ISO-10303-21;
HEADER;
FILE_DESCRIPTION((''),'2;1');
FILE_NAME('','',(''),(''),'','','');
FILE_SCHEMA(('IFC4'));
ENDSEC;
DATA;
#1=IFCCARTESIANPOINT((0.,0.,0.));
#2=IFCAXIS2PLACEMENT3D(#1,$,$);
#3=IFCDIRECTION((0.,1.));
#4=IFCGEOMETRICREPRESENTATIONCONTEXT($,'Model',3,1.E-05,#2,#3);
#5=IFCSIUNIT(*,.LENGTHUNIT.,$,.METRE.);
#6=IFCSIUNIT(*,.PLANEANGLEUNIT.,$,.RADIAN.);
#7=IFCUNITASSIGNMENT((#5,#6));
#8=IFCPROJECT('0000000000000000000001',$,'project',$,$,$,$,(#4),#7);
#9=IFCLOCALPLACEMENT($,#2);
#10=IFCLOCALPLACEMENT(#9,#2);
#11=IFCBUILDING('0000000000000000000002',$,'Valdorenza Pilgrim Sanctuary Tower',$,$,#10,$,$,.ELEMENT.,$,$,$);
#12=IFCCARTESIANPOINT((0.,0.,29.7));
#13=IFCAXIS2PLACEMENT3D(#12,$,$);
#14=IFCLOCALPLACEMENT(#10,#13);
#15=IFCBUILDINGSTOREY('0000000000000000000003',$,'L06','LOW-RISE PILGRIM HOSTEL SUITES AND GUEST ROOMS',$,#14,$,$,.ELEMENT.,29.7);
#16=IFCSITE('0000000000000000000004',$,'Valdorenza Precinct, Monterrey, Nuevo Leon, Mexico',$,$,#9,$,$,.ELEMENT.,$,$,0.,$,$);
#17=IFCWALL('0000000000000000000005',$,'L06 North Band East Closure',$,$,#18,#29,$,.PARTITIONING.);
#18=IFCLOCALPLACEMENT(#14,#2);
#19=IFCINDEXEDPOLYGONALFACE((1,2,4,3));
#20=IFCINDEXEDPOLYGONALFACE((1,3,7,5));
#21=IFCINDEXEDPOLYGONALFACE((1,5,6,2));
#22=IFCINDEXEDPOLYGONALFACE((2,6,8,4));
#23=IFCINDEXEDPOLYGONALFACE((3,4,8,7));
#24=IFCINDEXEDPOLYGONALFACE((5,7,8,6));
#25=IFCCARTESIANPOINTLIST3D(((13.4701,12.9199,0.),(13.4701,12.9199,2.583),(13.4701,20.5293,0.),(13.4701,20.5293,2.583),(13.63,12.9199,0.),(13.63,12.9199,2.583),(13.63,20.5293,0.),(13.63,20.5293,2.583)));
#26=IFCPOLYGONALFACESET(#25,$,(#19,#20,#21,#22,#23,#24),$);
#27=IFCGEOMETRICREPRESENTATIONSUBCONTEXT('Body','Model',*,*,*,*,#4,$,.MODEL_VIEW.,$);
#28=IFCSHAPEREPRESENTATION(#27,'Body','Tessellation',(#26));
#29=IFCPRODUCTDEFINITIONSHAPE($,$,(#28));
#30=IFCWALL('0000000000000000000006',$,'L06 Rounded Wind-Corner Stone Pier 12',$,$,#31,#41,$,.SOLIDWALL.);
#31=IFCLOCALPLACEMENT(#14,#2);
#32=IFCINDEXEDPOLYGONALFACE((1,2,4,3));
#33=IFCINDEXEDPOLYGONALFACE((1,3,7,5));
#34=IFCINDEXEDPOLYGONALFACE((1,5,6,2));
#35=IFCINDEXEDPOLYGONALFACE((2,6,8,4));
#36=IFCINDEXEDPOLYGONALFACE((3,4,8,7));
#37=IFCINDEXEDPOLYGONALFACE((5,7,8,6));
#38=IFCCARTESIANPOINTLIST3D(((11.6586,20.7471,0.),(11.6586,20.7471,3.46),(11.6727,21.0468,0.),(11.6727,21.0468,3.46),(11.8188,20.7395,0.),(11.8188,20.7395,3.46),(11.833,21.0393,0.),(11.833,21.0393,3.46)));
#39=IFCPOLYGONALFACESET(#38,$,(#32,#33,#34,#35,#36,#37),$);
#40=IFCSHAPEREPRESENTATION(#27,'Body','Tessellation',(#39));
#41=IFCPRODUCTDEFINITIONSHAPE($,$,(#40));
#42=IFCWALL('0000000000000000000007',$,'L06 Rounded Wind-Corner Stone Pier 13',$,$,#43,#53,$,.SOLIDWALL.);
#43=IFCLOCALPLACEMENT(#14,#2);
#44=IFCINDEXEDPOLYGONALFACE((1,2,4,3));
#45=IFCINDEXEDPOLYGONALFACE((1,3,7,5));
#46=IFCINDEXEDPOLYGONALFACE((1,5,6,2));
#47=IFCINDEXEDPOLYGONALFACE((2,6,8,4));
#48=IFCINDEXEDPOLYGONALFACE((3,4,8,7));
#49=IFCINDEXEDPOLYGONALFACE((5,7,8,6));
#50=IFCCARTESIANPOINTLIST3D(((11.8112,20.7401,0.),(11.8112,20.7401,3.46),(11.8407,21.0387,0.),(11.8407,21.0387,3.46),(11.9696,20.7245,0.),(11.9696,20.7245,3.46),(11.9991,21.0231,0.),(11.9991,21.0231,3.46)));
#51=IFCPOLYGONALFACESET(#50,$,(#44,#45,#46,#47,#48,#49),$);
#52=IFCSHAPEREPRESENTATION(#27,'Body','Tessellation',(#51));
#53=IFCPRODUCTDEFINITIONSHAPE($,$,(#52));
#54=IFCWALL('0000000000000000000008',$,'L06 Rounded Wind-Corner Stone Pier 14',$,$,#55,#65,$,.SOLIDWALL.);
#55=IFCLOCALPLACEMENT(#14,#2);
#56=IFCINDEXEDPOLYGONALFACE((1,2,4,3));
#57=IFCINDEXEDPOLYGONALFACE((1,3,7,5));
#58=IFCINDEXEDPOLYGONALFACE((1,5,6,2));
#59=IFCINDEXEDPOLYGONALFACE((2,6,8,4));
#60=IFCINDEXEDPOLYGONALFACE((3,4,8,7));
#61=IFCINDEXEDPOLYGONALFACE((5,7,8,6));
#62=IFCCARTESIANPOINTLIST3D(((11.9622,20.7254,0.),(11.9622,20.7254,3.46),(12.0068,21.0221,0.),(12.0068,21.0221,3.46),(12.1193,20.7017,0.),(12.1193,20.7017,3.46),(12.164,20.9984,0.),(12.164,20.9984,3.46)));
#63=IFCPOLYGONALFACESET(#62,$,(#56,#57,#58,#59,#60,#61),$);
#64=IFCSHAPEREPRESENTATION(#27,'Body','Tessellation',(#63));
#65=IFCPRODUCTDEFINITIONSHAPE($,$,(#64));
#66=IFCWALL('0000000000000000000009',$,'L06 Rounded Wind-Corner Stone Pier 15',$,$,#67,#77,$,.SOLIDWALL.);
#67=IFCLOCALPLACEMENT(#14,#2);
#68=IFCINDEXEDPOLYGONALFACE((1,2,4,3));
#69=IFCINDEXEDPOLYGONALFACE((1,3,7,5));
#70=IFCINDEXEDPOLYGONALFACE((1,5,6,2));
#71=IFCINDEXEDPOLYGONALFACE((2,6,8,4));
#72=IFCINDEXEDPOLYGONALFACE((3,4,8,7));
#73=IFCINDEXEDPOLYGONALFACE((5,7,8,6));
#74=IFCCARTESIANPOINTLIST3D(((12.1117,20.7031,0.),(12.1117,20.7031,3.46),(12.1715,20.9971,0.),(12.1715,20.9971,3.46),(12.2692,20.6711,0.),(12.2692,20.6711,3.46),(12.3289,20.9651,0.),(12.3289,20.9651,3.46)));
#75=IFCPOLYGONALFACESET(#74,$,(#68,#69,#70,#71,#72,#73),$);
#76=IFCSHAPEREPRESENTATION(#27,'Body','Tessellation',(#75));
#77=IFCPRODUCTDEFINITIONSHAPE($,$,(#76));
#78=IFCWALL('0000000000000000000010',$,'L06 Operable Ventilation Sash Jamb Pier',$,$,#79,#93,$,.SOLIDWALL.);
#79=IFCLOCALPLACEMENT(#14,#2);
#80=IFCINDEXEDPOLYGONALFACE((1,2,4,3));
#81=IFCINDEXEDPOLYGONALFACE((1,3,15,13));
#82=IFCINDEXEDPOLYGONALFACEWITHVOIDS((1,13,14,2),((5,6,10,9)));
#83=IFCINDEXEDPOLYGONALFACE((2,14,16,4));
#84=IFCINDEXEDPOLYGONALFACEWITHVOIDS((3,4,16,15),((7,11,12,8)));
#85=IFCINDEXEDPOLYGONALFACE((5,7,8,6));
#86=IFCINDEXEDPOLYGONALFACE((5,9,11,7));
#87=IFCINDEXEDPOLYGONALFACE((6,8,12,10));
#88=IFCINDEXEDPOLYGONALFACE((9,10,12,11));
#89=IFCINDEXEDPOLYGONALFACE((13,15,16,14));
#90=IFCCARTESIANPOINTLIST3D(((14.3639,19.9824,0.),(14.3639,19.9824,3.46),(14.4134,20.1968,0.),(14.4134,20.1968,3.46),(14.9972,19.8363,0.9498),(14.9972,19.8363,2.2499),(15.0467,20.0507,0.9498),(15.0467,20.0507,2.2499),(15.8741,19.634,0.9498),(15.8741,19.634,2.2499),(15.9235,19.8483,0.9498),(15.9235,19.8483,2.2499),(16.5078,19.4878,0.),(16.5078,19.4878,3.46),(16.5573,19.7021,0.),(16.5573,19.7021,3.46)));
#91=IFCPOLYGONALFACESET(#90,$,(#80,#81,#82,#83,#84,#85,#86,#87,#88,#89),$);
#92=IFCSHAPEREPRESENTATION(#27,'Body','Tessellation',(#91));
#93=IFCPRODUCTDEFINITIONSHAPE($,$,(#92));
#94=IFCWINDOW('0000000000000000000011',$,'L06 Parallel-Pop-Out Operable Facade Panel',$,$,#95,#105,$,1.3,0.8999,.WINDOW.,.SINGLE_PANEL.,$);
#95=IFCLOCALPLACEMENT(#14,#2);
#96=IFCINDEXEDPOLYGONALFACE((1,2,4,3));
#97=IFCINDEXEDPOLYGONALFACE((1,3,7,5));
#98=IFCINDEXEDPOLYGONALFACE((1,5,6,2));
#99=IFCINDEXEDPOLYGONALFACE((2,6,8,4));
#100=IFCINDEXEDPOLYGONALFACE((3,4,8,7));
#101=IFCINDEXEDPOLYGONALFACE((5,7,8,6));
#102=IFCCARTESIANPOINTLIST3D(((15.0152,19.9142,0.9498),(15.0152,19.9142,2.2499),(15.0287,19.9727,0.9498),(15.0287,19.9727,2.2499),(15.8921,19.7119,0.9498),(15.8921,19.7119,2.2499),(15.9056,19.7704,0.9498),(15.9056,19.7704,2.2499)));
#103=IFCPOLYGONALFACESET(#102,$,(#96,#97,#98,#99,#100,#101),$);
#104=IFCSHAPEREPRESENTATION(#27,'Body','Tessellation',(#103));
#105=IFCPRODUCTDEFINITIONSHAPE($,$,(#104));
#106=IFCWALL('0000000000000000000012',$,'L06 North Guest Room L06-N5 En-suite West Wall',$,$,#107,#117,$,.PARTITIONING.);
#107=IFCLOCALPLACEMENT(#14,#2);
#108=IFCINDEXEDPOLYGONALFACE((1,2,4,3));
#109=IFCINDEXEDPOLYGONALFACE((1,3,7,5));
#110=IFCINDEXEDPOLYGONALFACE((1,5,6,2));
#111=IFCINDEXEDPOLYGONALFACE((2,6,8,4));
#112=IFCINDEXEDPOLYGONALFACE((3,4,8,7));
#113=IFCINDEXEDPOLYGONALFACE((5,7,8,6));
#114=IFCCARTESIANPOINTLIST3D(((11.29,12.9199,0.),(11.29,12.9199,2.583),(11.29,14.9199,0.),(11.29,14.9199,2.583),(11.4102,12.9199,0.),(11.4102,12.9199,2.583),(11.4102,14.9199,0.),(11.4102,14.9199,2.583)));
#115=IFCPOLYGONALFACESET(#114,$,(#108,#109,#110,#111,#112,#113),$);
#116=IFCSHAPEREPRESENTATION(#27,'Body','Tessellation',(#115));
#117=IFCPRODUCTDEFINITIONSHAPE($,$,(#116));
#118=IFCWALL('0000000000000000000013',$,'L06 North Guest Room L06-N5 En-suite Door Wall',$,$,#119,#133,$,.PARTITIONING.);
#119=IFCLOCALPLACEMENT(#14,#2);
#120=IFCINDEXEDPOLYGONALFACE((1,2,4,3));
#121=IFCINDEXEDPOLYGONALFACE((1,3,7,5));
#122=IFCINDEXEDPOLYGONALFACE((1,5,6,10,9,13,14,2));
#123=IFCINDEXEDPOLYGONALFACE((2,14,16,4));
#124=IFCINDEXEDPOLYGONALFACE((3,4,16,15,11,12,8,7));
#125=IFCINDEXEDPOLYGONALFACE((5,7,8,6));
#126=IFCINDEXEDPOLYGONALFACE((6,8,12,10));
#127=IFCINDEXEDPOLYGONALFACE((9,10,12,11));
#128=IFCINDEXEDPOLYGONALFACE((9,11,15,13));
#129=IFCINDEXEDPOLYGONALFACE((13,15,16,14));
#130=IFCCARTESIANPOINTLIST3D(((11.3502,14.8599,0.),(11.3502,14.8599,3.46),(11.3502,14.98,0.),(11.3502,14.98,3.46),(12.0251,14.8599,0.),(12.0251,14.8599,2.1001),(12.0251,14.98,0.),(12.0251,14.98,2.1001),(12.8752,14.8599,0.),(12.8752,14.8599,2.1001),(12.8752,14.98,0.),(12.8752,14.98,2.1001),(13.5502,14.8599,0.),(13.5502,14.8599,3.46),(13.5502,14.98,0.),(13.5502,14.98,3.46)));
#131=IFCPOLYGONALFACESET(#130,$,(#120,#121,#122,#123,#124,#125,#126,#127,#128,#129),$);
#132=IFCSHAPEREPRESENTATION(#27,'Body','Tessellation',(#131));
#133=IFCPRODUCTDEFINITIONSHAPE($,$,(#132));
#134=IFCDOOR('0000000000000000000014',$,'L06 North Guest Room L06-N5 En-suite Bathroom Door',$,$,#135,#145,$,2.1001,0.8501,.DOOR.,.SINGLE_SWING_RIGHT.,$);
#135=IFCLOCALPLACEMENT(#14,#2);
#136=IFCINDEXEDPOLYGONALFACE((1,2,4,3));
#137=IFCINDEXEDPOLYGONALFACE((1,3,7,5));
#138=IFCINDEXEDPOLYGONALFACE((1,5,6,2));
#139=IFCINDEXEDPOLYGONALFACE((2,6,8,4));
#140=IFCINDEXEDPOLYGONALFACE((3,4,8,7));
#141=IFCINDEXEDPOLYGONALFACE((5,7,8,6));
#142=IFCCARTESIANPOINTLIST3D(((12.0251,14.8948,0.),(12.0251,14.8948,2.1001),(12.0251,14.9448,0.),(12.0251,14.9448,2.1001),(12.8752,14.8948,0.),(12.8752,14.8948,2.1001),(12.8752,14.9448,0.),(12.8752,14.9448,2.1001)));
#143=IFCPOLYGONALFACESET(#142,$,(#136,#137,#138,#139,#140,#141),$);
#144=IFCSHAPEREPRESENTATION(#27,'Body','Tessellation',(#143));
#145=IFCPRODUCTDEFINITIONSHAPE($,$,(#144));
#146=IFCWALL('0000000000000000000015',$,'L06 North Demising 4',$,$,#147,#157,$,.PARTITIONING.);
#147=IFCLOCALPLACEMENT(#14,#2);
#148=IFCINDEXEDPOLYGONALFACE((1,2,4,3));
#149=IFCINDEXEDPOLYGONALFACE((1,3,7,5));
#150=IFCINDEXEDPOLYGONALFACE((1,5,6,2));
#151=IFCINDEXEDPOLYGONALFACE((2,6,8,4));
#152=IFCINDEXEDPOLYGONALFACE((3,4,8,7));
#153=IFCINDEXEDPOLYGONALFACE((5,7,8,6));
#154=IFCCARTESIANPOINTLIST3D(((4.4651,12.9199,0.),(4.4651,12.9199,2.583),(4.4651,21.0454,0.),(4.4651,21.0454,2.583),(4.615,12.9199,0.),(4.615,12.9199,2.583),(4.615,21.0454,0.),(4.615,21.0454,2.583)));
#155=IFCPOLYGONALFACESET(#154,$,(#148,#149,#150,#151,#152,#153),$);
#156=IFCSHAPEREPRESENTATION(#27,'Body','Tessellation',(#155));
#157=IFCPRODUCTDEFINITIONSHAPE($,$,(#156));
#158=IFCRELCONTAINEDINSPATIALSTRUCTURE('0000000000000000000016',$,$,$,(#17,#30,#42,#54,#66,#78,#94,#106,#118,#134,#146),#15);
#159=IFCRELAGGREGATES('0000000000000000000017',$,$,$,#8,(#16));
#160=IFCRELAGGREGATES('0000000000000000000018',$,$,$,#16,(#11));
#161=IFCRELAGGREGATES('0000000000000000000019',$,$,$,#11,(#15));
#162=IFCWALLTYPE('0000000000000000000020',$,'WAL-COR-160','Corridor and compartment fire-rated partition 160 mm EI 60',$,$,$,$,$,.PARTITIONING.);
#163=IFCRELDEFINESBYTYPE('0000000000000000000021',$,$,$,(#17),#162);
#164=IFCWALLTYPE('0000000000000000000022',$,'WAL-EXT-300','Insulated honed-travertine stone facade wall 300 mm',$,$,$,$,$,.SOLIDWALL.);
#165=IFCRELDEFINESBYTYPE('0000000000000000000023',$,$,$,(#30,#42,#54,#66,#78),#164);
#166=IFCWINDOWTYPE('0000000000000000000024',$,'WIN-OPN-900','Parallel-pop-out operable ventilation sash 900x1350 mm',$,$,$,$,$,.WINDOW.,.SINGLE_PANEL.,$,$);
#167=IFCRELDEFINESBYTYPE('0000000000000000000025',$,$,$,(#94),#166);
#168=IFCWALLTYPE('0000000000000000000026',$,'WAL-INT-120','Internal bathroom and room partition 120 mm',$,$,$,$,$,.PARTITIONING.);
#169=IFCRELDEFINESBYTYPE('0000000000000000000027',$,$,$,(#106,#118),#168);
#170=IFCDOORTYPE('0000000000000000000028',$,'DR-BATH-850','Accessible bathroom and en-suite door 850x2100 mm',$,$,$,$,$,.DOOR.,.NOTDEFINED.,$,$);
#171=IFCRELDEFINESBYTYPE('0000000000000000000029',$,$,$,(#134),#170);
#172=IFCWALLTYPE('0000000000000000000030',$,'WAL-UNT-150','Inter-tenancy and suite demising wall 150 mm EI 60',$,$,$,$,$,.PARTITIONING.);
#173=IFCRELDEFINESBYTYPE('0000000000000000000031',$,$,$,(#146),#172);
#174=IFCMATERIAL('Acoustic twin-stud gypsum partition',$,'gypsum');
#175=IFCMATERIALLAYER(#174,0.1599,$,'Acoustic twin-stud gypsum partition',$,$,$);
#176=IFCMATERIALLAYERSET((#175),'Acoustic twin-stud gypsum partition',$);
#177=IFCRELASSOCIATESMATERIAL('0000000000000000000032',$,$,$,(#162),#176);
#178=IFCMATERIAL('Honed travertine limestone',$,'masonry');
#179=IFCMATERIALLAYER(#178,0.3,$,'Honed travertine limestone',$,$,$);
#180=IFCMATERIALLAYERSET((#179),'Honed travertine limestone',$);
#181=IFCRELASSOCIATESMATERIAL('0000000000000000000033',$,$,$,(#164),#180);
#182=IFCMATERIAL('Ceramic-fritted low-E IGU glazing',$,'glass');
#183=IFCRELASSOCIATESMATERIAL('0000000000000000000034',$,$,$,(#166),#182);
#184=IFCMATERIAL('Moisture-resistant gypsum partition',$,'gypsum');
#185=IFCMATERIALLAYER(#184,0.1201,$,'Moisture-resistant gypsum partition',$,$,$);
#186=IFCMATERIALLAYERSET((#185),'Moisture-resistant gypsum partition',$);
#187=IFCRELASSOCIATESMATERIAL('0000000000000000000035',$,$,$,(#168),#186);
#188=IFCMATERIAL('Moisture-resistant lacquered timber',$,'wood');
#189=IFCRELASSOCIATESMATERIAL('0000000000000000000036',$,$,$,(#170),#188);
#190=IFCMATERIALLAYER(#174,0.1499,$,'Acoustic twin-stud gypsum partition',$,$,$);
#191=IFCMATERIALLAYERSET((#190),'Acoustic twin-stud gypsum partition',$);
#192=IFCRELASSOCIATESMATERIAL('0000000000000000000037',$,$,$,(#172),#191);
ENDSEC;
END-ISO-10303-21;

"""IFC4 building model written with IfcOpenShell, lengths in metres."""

from ifc_helpers import new_model, si_unit, direction, frame, frame_2d, origin, place, context, subcontext, project, spatial, rectangle, extrude, material, layer, layer_set, type_object, element, fill, save


model = new_model("IFC4")

# Units and contexts
model_context = context("Model", 3, precision=1e-05, world=origin(), true_north=direction((0.0, 1.0)))
body_context = subcontext(model_context, "Body", "Model", "MODEL_VIEW")
ifc_project = project(units=[si_unit("LENGTHUNIT", "METRE"), si_unit("PLANEANGLEUNIT", "RADIAN")], contexts=[model_context])

# Site, building, storey
site_placement = place(None, origin())
site = spatial("IfcSite", under=ifc_project, at=site_placement, Name="Valdorenza Precinct, Monterrey, Nuevo Leon, Mexico", CompositionType="ELEMENT", RefElevation=0.0)
building_placement = place(site_placement, origin())
building = spatial("IfcBuilding", under=site, at=building_placement, Name="Valdorenza Pilgrim Sanctuary Tower", CompositionType="ELEMENT")
storey_placement = place(building_placement, frame((0.0, 0.0, 29.7)))
storey = spatial("IfcBuildingStorey", under=building, at=storey_placement, Name="L06", Description="LOW-RISE PILGRIM HOSTEL SUITES AND GUEST ROOMS", CompositionType="ELEMENT", Elevation=29.7)

# Shared definitions
ifc_material_1 = material(Name="Ceramic-fritted low-E IGU glazing", Category="glass")
ifc_material_2 = material(Name="Honed travertine limestone", Category="masonry")

# Walls
ifc_material_3 = material(Name="Acoustic twin-stud gypsum partition", Category="gypsum")
ifc_layer_1 = layer(ifc_material_3, 0.1599, Name="Acoustic twin-stud gypsum partition")
ifc_layer_set_1 = layer_set([ifc_layer_1], Name="Acoustic twin-stud gypsum partition")
wall_type_1 = type_object("IfcWallType", Name="WAL-COR-160", Description="Corridor and compartment fire-rated partition 160 mm EI 60", PredefinedType="PARTITIONING", material=ifc_layer_set_1)
wall_1_placement = place(storey_placement, frame((13.55, 12.9199, 0.0), z_axis=(0.0, 0.0, 1.0), x_axis=(0.0, 1.0, 0.0)))
element("IfcWall", 1, at=wall_1_placement, inside=storey, type_object=wall_type_1, Name="L06 North Band East Closure", PredefinedType="PARTITIONING", context=body_context, shape_type="SweptSolid", body=[
    extrude(rectangle(XDim=7.6094, YDim=0.1599, at=frame_2d((3.8047, 0.0))), origin(), (0.0, 0.0, 1.0), 2.583),
])
ifc_layer_2 = layer(ifc_material_2, 0.3, Name="Honed travertine limestone")
ifc_layer_set_2 = layer_set([ifc_layer_2], Name="Honed travertine limestone")
wall_type_2 = type_object("IfcWallType", Name="WAL-EXT-300", Description="Insulated honed-travertine stone facade wall 300 mm", PredefinedType="SOLIDWALL", material=ifc_layer_set_2)
wall_2_placement = place(storey_placement, frame((11.6658, 20.897, 0.0), z_axis=(0.0, 0.0, 1.0), x_axis=(0.998885, -0.047203, 0.0)))
element("IfcWall", 2, at=wall_2_placement, inside=storey, type_object=wall_type_2, Name="L06 Rounded Wind-Corner Stone Pier 12", PredefinedType="SOLIDWALL", context=body_context, shape_type="SweptSolid", body=[
    extrude(rectangle(XDim=0.1604, YDim=0.3, at=frame_2d((0.0801, 0.0))), origin(), (0.0, 0.0, 1.0), 3.46),
])
wall_3_placement = place(storey_placement, frame((11.8259, 20.8894, 0.0), z_axis=(0.0, 0.0, 1.0), x_axis=(0.995173, -0.098137, 0.0)))
element("IfcWall", 3, at=wall_3_placement, inside=storey, type_object=wall_type_2, Name="L06 Rounded Wind-Corner Stone Pier 13", PredefinedType="SOLIDWALL", context=body_context, shape_type="SweptSolid", body=[
    extrude(rectangle(XDim=0.1592, YDim=0.3, at=frame_2d((0.0796, 0.0))), origin(), (0.0, 0.0, 1.0), 3.46),
])
wall_4_placement = place(storey_placement, frame((11.9844, 20.8738, 0.0), z_axis=(0.0, 0.0, 1.0), x_axis=(0.988846, -0.148941, 0.0)))
element("IfcWall", 4, at=wall_4_placement, inside=storey, type_object=wall_type_2, Name="L06 Rounded Wind-Corner Stone Pier 14", PredefinedType="SOLIDWALL", context=body_context, shape_type="SweptSolid", body=[
    extrude(rectangle(XDim=0.1589, YDim=0.3, at=frame_2d((0.0796, 0.0))), origin(), (0.0, 0.0, 1.0), 3.46),
])
wall_5_placement = place(storey_placement, frame((12.1416, 20.8501, 0.0), z_axis=(0.0, 0.0, 1.0), x_axis=(0.979992, -0.199037, 0.0)))
element("IfcWall", 5, at=wall_5_placement, inside=storey, type_object=wall_type_2, Name="L06 Rounded Wind-Corner Stone Pier 15", PredefinedType="SOLIDWALL", context=body_context, shape_type="SweptSolid", body=[
    extrude(rectangle(XDim=0.1606, YDim=0.3, at=frame_2d((0.0803, 0.0))), origin(), (0.0, 0.0, 1.0), 3.46),
])

# Wall, opening, window
wall_6_placement = place(storey_placement, frame((14.3887, 20.0896, 0.0), z_axis=(0.0, 0.0, 1.0), x_axis=(0.974401, -0.224819, 0.0)))
wall_6 = element("IfcWall", 6, at=wall_6_placement, inside=storey, type_object=wall_type_2, Name="L06 Operable Ventilation Sash Jamb Pier", PredefinedType="SOLIDWALL", context=body_context, shape_type="SweptSolid", body=[
    extrude(rectangle(XDim=2.2002, YDim=0.22, at=frame_2d((1.1001, 0.0))), origin(), (0.0, 0.0, 1.0), 3.46),
])
opening_1_placement = place(wall_6_placement, frame((0.6499, 0.0, 0.95)))
opening_1 = element("IfcOpeningElement", 7, at=opening_1_placement, cuts=wall_6, PredefinedType="OPENING", context=body_context, shape_type="SweptSolid", body=[
    extrude(rectangle(XDim=0.8999, YDim=1.3, at=frame_2d((0.45, 0.6499))), frame((0.0, 0.125, 0.0), z_axis=(0.0, -1.0, 0.0), x_axis=(1.0, 0.0, 0.0)), (0.0, 0.0, 1.0), 0.2498),
])
window_type = type_object("IfcWindowType", Name="WIN-OPN-900", Description="Parallel-pop-out operable ventilation sash 900x1350 mm", PartitioningType="SINGLE_PANEL", PredefinedType="WINDOW", material=ifc_material_1)
window_placement = place(opening_1_placement, origin())
window = element("IfcWindow", 8, at=window_placement, inside=storey, type_object=window_type, Name="L06 Parallel-Pop-Out Operable Facade Panel", OverallHeight=1.3, OverallWidth=0.8999, PartitioningType="SINGLE_PANEL", PredefinedType="WINDOW", context=body_context, shape_type="SweptSolid", body=[
    extrude(rectangle(XDim=0.8999, YDim=1.3, at=frame_2d((0.45, 0.6499))), frame((0.0, 0.03, 0.0), z_axis=(0.0, -1.0, 0.0), x_axis=(1.0, 0.0, 0.0)), (0.0, 0.0, 1.0), 0.0601),
])
fill(opening_1, window)

# Wall
ifc_material_4 = material(Name="Moisture-resistant gypsum partition", Category="gypsum")
ifc_layer_3 = layer(ifc_material_4, 0.1201, Name="Moisture-resistant gypsum partition")
ifc_layer_set_3 = layer_set([ifc_layer_3], Name="Moisture-resistant gypsum partition")
wall_type_3 = type_object("IfcWallType", Name="WAL-INT-120", Description="Internal bathroom and room partition 120 mm", PredefinedType="PARTITIONING", material=ifc_layer_set_3)
wall_7_placement = place(storey_placement, frame((11.3501, 12.9199, 0.0), z_axis=(0.0, 0.0, 1.0), x_axis=(0.0, 1.0, 0.0)))
element("IfcWall", 9, at=wall_7_placement, inside=storey, type_object=wall_type_3, Name="L06 North Guest Room L06-N5 En-suite West Wall", PredefinedType="PARTITIONING", context=body_context, shape_type="SweptSolid", body=[
    extrude(rectangle(XDim=2.0, YDim=0.1201, at=frame_2d((1.0, 0.0))), origin(), (0.0, 0.0, 1.0), 2.583),
])

# Wall, opening, door
wall_8_placement = place(storey_placement, frame((11.3501, 14.9199, 0.0), z_axis=(0.0, 0.0, 1.0), x_axis=(1.0, 0.0, 0.0)))
wall_8 = element("IfcWall", 10, at=wall_8_placement, inside=storey, type_object=wall_type_3, Name="L06 North Guest Room L06-N5 En-suite Door Wall", PredefinedType="PARTITIONING", context=body_context, shape_type="SweptSolid", body=[
    extrude(rectangle(XDim=2.2, YDim=0.1201, at=frame_2d((1.1001, 0.0))), origin(), (0.0, 0.0, 1.0), 3.46),
])
opening_2_placement = place(wall_8_placement, frame((0.675, 0.0, 0.0)))
opening_2 = element("IfcOpeningElement", 11, at=opening_2_placement, cuts=wall_8, PredefinedType="OPENING", context=body_context, shape_type="SweptSolid", body=[
    extrude(rectangle(XDim=0.8501, YDim=2.1001, at=frame_2d((0.425, 1.05))), frame((0.0, 0.075, 0.0), z_axis=(0.0, -1.0, 0.0), x_axis=(1.0, 0.0, 0.0)), (0.0, 0.0, 1.0), 0.1499),
])
ifc_material_5 = material(Name="Moisture-resistant lacquered timber", Category="wood")
door_type = type_object("IfcDoorType", Name="DR-BATH-850", Description="Accessible bathroom and en-suite door 850x2100 mm", OperationType="NOTDEFINED", PredefinedType="DOOR", material=ifc_material_5)
door_placement = place(opening_2_placement, origin())
door = element("IfcDoor", 12, at=door_placement, inside=storey, type_object=door_type, Name="L06 North Guest Room L06-N5 En-suite Bathroom Door", OperationType="SINGLE_SWING_RIGHT", OverallHeight=2.1001, OverallWidth=0.8501, PredefinedType="DOOR", context=body_context, shape_type="SweptSolid", body=[
    extrude(rectangle(XDim=0.8501, YDim=2.1001, at=frame_2d((0.425, 1.05))), frame((0.0, 0.0249, 0.0), z_axis=(0.0, -1.0, 0.0), x_axis=(1.0, 0.0, 0.0)), (0.0, 0.0, 1.0), 0.05),
])
fill(opening_2, door)

# Wall
ifc_layer_4 = layer(ifc_material_3, 0.1499, Name="Acoustic twin-stud gypsum partition")
ifc_layer_set_4 = layer_set([ifc_layer_4], Name="Acoustic twin-stud gypsum partition")
wall_type_4 = type_object("IfcWallType", Name="WAL-UNT-150", Description="Inter-tenancy and suite demising wall 150 mm EI 60", PredefinedType="PARTITIONING", material=ifc_layer_set_4)
wall_9_placement = place(storey_placement, frame((4.54, 12.9199, 0.0), z_axis=(0.0, 0.0, 1.0), x_axis=(0.0, 1.0, 0.0)))
element("IfcWall", 13, at=wall_9_placement, inside=storey, type_object=wall_type_4, Name="L06 North Demising 4", PredefinedType="PARTITIONING", context=body_context, shape_type="SweptSolid", body=[
    extrude(rectangle(XDim=8.1255, YDim=0.1499, at=frame_2d((4.0627, 0.0))), origin(), (0.0, 0.0, 1.0), 2.583),
])

save(model, "model.ifc")
